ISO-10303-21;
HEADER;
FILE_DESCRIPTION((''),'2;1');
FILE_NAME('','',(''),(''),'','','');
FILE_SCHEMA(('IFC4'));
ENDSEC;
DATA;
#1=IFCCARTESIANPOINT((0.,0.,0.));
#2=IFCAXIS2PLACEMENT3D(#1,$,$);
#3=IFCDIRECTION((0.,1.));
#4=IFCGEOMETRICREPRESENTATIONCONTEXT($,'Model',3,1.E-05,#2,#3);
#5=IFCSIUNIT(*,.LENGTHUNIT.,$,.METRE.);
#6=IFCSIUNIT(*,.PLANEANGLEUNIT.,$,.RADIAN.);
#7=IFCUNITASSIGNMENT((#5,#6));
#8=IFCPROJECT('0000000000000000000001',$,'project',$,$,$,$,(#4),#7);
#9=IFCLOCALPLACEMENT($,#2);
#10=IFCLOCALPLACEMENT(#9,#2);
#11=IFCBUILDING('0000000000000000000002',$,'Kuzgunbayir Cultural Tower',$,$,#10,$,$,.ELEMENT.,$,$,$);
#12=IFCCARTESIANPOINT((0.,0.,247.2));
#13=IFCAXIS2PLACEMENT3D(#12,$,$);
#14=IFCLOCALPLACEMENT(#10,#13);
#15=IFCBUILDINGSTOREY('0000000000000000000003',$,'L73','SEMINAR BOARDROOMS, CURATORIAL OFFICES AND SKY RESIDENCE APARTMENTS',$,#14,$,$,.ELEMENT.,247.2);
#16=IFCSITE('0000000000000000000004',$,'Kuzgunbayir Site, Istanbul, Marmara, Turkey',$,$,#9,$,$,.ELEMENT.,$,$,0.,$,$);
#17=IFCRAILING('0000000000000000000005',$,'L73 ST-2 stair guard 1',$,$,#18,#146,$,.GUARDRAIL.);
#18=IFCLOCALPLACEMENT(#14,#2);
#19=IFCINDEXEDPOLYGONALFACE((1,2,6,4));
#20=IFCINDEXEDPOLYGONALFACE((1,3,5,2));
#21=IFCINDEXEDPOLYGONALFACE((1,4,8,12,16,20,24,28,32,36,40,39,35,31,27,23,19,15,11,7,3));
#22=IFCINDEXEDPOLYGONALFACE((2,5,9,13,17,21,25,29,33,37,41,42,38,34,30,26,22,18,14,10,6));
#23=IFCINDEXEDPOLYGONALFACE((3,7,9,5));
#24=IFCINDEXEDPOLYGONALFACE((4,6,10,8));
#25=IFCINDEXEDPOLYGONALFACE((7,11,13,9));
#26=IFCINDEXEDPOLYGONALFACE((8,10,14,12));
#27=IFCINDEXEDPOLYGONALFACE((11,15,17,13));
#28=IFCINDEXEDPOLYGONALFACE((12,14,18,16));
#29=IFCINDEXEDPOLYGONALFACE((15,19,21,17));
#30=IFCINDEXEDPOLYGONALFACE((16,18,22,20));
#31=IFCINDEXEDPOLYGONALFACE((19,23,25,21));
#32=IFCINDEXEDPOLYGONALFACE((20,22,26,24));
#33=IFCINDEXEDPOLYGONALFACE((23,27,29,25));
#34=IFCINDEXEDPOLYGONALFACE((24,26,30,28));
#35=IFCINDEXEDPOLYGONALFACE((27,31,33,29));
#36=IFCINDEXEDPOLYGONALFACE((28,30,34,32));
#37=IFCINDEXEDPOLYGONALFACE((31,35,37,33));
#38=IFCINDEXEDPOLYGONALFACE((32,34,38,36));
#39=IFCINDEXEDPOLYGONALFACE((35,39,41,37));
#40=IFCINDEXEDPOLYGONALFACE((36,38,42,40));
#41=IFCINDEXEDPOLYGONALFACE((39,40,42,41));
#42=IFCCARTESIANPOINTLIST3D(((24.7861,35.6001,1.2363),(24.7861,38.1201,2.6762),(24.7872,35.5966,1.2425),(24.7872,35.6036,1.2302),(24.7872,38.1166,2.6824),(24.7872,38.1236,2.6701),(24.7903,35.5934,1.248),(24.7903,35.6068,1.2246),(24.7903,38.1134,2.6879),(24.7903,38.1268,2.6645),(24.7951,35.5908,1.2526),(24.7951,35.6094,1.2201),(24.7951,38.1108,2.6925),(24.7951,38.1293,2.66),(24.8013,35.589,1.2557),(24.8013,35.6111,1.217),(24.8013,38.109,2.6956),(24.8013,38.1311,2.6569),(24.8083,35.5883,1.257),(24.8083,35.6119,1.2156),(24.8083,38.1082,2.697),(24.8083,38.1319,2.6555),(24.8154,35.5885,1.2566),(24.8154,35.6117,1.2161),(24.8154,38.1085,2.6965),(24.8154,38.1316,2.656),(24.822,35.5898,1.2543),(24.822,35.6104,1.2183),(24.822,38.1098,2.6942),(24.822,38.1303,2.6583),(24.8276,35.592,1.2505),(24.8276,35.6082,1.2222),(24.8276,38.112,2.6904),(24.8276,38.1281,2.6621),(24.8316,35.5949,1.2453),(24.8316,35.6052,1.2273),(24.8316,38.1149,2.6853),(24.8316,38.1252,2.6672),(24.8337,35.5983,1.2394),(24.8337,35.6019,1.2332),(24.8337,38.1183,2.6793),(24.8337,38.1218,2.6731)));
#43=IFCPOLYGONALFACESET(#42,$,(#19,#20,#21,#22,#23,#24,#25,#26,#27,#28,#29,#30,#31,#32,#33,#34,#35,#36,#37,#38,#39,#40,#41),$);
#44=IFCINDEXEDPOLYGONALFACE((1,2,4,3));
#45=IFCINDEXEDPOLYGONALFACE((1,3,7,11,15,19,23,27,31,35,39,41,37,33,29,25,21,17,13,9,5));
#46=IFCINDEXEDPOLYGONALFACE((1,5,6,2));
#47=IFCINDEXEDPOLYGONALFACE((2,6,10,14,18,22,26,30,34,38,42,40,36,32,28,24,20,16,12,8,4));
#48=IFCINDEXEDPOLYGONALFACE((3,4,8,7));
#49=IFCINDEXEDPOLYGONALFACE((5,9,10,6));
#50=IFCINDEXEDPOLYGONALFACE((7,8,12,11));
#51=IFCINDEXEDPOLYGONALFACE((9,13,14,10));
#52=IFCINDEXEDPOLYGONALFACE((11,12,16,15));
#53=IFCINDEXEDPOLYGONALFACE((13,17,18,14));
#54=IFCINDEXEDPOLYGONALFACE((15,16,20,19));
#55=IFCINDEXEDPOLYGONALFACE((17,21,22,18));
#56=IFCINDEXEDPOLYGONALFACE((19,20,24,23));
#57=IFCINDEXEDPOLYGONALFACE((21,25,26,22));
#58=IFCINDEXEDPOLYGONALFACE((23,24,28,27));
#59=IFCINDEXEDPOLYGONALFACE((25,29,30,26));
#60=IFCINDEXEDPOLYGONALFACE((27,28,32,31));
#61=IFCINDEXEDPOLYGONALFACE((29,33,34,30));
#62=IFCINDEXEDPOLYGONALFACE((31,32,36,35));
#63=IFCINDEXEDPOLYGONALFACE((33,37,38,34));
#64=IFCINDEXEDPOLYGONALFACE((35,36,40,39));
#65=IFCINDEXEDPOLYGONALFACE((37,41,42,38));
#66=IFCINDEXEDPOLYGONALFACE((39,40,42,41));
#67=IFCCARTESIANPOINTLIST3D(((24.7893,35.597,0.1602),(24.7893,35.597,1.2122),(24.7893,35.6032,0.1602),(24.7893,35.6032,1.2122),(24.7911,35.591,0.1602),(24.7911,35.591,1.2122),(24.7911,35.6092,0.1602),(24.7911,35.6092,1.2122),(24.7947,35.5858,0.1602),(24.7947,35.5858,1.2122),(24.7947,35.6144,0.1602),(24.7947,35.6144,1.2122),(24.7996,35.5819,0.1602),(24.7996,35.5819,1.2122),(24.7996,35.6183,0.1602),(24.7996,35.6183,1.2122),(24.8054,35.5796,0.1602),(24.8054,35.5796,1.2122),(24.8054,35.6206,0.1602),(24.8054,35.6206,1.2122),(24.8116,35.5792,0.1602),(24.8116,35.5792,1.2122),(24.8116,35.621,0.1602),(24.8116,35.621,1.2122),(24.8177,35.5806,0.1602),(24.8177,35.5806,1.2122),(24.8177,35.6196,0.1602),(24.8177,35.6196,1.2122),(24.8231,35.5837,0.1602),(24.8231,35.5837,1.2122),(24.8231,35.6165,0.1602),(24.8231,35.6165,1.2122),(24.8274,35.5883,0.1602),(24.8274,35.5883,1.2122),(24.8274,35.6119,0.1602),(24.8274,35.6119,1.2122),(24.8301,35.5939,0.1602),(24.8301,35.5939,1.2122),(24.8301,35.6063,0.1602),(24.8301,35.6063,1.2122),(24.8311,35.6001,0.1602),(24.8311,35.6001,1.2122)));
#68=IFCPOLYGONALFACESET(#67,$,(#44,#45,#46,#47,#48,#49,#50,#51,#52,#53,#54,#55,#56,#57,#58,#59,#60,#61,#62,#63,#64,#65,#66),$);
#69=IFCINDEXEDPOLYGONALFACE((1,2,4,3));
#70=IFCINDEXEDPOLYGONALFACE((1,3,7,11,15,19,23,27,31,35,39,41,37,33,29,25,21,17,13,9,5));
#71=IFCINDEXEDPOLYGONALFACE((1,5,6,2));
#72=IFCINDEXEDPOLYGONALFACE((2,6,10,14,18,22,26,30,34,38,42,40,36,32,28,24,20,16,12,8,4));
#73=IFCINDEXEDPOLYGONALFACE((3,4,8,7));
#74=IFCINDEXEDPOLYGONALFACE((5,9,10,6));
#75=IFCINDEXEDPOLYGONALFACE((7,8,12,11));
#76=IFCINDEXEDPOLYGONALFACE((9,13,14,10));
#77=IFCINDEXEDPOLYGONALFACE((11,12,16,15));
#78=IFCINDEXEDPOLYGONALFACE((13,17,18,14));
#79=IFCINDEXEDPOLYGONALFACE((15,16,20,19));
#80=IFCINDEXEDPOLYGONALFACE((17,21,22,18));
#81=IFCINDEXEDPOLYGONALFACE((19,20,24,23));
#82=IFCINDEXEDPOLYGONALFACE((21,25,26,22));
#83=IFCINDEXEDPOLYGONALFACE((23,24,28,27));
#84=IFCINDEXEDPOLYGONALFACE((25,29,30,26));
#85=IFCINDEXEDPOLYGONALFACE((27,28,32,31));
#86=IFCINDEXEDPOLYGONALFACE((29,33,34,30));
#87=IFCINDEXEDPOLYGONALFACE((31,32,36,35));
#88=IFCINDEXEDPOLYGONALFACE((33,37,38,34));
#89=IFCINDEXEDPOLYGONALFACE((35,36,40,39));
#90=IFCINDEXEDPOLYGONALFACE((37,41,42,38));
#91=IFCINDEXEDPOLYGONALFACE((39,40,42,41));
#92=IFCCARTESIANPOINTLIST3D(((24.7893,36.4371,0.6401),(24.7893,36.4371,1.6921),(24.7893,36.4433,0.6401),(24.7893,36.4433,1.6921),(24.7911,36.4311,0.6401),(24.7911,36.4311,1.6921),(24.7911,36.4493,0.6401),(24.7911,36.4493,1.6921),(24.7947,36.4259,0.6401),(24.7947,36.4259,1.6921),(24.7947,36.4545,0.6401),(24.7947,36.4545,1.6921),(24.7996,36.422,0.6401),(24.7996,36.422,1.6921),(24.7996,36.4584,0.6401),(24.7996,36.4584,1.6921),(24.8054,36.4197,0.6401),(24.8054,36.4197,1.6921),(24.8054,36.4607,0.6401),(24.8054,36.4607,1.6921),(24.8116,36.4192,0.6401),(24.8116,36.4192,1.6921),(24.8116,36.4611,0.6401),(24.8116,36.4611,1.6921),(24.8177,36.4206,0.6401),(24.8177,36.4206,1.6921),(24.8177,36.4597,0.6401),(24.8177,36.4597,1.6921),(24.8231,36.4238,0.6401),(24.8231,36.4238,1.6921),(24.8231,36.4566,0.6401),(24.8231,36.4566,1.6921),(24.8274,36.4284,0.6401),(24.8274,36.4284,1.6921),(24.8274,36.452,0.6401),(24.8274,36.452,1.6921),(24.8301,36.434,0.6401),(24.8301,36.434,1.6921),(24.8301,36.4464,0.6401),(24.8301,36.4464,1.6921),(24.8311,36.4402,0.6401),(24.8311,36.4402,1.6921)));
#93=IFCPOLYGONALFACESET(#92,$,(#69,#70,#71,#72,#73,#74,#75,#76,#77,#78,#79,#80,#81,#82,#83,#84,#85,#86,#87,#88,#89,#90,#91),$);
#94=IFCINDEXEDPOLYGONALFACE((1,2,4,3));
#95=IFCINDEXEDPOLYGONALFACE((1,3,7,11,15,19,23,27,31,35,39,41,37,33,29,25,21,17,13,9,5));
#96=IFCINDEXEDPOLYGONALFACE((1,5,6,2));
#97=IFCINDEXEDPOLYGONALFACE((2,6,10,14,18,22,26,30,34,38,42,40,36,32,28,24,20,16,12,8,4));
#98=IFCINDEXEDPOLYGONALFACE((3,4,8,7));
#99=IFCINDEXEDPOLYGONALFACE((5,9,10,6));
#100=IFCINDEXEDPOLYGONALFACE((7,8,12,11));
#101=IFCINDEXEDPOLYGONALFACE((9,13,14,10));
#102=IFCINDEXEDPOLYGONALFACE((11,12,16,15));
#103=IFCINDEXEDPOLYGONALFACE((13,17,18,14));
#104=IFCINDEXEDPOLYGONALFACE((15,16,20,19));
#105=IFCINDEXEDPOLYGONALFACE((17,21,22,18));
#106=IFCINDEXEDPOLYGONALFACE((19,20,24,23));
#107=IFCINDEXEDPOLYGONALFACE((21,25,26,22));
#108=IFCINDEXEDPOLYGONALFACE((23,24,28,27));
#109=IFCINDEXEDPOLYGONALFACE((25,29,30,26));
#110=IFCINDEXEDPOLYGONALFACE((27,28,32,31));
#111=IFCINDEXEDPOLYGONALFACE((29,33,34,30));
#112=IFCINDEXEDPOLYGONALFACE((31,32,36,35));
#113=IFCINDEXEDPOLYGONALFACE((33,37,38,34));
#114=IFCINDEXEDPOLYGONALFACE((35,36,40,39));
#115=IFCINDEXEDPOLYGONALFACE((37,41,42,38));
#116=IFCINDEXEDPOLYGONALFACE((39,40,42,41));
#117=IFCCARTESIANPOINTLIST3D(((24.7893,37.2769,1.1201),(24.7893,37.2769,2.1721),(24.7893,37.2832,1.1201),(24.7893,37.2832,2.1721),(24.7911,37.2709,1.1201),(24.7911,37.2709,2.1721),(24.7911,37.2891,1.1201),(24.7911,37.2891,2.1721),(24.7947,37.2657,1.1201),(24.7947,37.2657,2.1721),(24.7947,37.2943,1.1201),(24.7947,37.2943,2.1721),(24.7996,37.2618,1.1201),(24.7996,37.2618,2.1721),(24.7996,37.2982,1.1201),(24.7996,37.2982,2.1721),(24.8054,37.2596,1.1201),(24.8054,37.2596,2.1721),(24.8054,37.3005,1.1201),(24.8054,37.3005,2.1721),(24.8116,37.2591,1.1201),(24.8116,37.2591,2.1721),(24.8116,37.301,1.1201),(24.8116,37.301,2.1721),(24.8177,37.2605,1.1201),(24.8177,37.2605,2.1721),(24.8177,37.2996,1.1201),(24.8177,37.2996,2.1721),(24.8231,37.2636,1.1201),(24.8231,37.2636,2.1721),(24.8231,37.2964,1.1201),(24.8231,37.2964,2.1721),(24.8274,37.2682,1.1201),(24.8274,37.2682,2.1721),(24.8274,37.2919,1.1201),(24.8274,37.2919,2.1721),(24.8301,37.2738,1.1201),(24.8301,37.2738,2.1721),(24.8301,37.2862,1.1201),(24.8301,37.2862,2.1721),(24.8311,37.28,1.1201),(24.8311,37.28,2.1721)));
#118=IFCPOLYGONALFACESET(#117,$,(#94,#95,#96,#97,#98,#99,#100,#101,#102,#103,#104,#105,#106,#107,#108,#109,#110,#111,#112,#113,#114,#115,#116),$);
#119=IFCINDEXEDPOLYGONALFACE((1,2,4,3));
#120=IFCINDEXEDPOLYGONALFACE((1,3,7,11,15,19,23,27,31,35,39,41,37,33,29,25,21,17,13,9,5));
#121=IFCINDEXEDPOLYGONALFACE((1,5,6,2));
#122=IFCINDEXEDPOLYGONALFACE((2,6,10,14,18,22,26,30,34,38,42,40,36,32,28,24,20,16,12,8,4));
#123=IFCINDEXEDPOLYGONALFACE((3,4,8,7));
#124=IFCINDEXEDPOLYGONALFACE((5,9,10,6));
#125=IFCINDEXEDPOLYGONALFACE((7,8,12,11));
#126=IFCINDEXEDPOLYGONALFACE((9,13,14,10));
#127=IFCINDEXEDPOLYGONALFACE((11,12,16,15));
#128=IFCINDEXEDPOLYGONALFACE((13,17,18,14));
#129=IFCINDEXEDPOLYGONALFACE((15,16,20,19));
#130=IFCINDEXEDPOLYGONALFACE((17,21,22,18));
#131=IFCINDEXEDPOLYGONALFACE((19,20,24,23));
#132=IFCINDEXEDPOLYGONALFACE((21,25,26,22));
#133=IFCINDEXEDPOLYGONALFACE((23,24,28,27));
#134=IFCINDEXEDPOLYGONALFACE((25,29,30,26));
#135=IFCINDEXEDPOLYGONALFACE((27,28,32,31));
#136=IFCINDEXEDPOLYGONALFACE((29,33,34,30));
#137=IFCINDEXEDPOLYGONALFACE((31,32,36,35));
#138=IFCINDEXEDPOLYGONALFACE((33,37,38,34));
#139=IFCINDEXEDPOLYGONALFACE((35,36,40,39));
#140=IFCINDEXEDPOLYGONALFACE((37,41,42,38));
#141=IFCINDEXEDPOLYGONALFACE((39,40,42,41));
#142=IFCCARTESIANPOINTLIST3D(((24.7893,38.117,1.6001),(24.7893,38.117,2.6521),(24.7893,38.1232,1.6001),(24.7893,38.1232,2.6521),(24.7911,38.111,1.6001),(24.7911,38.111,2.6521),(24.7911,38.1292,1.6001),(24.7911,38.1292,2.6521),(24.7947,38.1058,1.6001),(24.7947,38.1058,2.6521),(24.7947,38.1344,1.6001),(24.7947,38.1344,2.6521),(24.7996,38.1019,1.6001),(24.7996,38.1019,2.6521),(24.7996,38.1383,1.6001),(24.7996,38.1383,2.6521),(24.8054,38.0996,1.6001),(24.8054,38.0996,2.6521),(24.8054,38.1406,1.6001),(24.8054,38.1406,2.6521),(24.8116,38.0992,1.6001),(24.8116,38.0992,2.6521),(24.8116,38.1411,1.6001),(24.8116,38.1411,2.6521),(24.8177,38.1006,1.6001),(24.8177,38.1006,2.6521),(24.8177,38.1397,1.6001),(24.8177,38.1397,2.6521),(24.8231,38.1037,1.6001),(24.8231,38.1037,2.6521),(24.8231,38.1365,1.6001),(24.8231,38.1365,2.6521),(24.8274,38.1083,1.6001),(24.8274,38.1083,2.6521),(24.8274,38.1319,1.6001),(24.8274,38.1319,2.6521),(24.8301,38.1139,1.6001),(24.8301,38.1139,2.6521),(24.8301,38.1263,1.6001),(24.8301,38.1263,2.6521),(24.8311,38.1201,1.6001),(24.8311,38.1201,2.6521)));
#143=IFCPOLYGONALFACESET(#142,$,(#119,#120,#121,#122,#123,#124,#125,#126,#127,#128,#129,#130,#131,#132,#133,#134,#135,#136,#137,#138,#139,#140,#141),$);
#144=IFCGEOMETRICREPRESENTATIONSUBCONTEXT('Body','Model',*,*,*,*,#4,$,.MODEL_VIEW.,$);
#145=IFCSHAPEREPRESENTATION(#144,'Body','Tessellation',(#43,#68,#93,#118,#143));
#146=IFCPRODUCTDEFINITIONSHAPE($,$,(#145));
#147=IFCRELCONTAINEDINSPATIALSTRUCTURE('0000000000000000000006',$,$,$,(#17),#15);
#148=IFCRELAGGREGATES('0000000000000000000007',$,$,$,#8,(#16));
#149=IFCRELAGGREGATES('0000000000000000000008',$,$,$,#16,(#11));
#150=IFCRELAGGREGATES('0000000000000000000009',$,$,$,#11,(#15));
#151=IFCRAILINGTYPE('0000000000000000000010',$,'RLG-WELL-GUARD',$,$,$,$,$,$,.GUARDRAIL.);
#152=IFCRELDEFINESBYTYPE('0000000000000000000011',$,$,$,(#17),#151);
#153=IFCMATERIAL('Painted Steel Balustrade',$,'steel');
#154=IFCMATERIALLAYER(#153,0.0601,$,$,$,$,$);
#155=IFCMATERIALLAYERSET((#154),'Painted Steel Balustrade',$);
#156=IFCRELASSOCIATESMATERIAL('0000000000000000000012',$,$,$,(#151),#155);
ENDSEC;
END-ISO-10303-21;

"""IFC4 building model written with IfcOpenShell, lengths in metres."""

from ifc_helpers import new_model, si_unit, direction, frame, origin, origin_2d, place, context, subcontext, project, spatial, circle, extrude, material, layer, layer_set, type_object, element, save


model = new_model("IFC4")

# Units and contexts
model_context = context("Model", 3, precision=1e-05, world=origin(), true_north=direction((0.0, 1.0)))
body_context = subcontext(model_context, "Body", "Model", "MODEL_VIEW")
ifc_project = project(units=[si_unit("LENGTHUNIT", "METRE"), si_unit("PLANEANGLEUNIT", "RADIAN")], contexts=[model_context])

# Site, building, storey
site_placement = place(None, origin())
site = spatial("IfcSite", under=ifc_project, at=site_placement, Name="Kuzgunbayir Site, Istanbul, Marmara, Turkey", CompositionType="ELEMENT", RefElevation=0.0)
building_placement = place(site_placement, origin())
building = spatial("IfcBuilding", under=site, at=building_placement, Name="Kuzgunbayir Cultural Tower", CompositionType="ELEMENT")
storey_placement = place(building_placement, frame((0.0, 0.0, 247.2)))
storey = spatial("IfcBuildingStorey", under=building, at=storey_placement, Name="L73", Description="SEMINAR BOARDROOMS, CURATORIAL OFFICES AND SKY RESIDENCE APARTMENTS", CompositionType="ELEMENT", Elevation=247.2)

# Railing
ifc_material_1 = material(Name="Painted Steel Balustrade", Category="steel")
ifc_layer_1 = layer(ifc_material_1, 0.0601)
ifc_layer_set_1 = layer_set([ifc_layer_1], Name="Painted Steel Balustrade")
railing_type_1 = type_object("IfcRailingType", Name="RLG-WELL-GUARD", PredefinedType="GUARDRAIL", material=ifc_layer_set_1)
railing_1_placement = place(storey_placement, frame((24.8101, 35.6001, 0.1602)))
element("IfcRailing", 1, at=railing_1_placement, inside=storey, type_object=railing_type_1, Name="L73 ST-2 stair guard 1", PredefinedType="GUARDRAIL", context=body_context, shape_type="SweptSolid", body=[
    extrude(circle(Radius=0.0239, at=origin_2d()), frame((0.0, 0.0, 1.0762), z_axis=(0.0, 0.868253, 0.496121), x_axis=(-1.0, 0.0, 0.0)), (0.0, 0.0, 1.0), 2.9023),
    extrude(circle(Radius=0.021, at=origin_2d()), origin(), (0.0, 0.0, 1.0), 1.052),
    extrude(circle(Radius=0.021, at=origin_2d()), frame((0.0, 0.8401, 0.48)), (0.0, 0.0, 1.0), 1.052),
    extrude(circle(Radius=0.021, at=origin_2d()), frame((0.0, 1.6799, 0.96)), (0.0, 0.0, 1.0), 1.052),
    extrude(circle(Radius=0.021, at=origin_2d()), frame((0.0, 2.52, 1.4399)), (0.0, 0.0, 1.0), 1.052),
])

save(model, "model.ifc")
